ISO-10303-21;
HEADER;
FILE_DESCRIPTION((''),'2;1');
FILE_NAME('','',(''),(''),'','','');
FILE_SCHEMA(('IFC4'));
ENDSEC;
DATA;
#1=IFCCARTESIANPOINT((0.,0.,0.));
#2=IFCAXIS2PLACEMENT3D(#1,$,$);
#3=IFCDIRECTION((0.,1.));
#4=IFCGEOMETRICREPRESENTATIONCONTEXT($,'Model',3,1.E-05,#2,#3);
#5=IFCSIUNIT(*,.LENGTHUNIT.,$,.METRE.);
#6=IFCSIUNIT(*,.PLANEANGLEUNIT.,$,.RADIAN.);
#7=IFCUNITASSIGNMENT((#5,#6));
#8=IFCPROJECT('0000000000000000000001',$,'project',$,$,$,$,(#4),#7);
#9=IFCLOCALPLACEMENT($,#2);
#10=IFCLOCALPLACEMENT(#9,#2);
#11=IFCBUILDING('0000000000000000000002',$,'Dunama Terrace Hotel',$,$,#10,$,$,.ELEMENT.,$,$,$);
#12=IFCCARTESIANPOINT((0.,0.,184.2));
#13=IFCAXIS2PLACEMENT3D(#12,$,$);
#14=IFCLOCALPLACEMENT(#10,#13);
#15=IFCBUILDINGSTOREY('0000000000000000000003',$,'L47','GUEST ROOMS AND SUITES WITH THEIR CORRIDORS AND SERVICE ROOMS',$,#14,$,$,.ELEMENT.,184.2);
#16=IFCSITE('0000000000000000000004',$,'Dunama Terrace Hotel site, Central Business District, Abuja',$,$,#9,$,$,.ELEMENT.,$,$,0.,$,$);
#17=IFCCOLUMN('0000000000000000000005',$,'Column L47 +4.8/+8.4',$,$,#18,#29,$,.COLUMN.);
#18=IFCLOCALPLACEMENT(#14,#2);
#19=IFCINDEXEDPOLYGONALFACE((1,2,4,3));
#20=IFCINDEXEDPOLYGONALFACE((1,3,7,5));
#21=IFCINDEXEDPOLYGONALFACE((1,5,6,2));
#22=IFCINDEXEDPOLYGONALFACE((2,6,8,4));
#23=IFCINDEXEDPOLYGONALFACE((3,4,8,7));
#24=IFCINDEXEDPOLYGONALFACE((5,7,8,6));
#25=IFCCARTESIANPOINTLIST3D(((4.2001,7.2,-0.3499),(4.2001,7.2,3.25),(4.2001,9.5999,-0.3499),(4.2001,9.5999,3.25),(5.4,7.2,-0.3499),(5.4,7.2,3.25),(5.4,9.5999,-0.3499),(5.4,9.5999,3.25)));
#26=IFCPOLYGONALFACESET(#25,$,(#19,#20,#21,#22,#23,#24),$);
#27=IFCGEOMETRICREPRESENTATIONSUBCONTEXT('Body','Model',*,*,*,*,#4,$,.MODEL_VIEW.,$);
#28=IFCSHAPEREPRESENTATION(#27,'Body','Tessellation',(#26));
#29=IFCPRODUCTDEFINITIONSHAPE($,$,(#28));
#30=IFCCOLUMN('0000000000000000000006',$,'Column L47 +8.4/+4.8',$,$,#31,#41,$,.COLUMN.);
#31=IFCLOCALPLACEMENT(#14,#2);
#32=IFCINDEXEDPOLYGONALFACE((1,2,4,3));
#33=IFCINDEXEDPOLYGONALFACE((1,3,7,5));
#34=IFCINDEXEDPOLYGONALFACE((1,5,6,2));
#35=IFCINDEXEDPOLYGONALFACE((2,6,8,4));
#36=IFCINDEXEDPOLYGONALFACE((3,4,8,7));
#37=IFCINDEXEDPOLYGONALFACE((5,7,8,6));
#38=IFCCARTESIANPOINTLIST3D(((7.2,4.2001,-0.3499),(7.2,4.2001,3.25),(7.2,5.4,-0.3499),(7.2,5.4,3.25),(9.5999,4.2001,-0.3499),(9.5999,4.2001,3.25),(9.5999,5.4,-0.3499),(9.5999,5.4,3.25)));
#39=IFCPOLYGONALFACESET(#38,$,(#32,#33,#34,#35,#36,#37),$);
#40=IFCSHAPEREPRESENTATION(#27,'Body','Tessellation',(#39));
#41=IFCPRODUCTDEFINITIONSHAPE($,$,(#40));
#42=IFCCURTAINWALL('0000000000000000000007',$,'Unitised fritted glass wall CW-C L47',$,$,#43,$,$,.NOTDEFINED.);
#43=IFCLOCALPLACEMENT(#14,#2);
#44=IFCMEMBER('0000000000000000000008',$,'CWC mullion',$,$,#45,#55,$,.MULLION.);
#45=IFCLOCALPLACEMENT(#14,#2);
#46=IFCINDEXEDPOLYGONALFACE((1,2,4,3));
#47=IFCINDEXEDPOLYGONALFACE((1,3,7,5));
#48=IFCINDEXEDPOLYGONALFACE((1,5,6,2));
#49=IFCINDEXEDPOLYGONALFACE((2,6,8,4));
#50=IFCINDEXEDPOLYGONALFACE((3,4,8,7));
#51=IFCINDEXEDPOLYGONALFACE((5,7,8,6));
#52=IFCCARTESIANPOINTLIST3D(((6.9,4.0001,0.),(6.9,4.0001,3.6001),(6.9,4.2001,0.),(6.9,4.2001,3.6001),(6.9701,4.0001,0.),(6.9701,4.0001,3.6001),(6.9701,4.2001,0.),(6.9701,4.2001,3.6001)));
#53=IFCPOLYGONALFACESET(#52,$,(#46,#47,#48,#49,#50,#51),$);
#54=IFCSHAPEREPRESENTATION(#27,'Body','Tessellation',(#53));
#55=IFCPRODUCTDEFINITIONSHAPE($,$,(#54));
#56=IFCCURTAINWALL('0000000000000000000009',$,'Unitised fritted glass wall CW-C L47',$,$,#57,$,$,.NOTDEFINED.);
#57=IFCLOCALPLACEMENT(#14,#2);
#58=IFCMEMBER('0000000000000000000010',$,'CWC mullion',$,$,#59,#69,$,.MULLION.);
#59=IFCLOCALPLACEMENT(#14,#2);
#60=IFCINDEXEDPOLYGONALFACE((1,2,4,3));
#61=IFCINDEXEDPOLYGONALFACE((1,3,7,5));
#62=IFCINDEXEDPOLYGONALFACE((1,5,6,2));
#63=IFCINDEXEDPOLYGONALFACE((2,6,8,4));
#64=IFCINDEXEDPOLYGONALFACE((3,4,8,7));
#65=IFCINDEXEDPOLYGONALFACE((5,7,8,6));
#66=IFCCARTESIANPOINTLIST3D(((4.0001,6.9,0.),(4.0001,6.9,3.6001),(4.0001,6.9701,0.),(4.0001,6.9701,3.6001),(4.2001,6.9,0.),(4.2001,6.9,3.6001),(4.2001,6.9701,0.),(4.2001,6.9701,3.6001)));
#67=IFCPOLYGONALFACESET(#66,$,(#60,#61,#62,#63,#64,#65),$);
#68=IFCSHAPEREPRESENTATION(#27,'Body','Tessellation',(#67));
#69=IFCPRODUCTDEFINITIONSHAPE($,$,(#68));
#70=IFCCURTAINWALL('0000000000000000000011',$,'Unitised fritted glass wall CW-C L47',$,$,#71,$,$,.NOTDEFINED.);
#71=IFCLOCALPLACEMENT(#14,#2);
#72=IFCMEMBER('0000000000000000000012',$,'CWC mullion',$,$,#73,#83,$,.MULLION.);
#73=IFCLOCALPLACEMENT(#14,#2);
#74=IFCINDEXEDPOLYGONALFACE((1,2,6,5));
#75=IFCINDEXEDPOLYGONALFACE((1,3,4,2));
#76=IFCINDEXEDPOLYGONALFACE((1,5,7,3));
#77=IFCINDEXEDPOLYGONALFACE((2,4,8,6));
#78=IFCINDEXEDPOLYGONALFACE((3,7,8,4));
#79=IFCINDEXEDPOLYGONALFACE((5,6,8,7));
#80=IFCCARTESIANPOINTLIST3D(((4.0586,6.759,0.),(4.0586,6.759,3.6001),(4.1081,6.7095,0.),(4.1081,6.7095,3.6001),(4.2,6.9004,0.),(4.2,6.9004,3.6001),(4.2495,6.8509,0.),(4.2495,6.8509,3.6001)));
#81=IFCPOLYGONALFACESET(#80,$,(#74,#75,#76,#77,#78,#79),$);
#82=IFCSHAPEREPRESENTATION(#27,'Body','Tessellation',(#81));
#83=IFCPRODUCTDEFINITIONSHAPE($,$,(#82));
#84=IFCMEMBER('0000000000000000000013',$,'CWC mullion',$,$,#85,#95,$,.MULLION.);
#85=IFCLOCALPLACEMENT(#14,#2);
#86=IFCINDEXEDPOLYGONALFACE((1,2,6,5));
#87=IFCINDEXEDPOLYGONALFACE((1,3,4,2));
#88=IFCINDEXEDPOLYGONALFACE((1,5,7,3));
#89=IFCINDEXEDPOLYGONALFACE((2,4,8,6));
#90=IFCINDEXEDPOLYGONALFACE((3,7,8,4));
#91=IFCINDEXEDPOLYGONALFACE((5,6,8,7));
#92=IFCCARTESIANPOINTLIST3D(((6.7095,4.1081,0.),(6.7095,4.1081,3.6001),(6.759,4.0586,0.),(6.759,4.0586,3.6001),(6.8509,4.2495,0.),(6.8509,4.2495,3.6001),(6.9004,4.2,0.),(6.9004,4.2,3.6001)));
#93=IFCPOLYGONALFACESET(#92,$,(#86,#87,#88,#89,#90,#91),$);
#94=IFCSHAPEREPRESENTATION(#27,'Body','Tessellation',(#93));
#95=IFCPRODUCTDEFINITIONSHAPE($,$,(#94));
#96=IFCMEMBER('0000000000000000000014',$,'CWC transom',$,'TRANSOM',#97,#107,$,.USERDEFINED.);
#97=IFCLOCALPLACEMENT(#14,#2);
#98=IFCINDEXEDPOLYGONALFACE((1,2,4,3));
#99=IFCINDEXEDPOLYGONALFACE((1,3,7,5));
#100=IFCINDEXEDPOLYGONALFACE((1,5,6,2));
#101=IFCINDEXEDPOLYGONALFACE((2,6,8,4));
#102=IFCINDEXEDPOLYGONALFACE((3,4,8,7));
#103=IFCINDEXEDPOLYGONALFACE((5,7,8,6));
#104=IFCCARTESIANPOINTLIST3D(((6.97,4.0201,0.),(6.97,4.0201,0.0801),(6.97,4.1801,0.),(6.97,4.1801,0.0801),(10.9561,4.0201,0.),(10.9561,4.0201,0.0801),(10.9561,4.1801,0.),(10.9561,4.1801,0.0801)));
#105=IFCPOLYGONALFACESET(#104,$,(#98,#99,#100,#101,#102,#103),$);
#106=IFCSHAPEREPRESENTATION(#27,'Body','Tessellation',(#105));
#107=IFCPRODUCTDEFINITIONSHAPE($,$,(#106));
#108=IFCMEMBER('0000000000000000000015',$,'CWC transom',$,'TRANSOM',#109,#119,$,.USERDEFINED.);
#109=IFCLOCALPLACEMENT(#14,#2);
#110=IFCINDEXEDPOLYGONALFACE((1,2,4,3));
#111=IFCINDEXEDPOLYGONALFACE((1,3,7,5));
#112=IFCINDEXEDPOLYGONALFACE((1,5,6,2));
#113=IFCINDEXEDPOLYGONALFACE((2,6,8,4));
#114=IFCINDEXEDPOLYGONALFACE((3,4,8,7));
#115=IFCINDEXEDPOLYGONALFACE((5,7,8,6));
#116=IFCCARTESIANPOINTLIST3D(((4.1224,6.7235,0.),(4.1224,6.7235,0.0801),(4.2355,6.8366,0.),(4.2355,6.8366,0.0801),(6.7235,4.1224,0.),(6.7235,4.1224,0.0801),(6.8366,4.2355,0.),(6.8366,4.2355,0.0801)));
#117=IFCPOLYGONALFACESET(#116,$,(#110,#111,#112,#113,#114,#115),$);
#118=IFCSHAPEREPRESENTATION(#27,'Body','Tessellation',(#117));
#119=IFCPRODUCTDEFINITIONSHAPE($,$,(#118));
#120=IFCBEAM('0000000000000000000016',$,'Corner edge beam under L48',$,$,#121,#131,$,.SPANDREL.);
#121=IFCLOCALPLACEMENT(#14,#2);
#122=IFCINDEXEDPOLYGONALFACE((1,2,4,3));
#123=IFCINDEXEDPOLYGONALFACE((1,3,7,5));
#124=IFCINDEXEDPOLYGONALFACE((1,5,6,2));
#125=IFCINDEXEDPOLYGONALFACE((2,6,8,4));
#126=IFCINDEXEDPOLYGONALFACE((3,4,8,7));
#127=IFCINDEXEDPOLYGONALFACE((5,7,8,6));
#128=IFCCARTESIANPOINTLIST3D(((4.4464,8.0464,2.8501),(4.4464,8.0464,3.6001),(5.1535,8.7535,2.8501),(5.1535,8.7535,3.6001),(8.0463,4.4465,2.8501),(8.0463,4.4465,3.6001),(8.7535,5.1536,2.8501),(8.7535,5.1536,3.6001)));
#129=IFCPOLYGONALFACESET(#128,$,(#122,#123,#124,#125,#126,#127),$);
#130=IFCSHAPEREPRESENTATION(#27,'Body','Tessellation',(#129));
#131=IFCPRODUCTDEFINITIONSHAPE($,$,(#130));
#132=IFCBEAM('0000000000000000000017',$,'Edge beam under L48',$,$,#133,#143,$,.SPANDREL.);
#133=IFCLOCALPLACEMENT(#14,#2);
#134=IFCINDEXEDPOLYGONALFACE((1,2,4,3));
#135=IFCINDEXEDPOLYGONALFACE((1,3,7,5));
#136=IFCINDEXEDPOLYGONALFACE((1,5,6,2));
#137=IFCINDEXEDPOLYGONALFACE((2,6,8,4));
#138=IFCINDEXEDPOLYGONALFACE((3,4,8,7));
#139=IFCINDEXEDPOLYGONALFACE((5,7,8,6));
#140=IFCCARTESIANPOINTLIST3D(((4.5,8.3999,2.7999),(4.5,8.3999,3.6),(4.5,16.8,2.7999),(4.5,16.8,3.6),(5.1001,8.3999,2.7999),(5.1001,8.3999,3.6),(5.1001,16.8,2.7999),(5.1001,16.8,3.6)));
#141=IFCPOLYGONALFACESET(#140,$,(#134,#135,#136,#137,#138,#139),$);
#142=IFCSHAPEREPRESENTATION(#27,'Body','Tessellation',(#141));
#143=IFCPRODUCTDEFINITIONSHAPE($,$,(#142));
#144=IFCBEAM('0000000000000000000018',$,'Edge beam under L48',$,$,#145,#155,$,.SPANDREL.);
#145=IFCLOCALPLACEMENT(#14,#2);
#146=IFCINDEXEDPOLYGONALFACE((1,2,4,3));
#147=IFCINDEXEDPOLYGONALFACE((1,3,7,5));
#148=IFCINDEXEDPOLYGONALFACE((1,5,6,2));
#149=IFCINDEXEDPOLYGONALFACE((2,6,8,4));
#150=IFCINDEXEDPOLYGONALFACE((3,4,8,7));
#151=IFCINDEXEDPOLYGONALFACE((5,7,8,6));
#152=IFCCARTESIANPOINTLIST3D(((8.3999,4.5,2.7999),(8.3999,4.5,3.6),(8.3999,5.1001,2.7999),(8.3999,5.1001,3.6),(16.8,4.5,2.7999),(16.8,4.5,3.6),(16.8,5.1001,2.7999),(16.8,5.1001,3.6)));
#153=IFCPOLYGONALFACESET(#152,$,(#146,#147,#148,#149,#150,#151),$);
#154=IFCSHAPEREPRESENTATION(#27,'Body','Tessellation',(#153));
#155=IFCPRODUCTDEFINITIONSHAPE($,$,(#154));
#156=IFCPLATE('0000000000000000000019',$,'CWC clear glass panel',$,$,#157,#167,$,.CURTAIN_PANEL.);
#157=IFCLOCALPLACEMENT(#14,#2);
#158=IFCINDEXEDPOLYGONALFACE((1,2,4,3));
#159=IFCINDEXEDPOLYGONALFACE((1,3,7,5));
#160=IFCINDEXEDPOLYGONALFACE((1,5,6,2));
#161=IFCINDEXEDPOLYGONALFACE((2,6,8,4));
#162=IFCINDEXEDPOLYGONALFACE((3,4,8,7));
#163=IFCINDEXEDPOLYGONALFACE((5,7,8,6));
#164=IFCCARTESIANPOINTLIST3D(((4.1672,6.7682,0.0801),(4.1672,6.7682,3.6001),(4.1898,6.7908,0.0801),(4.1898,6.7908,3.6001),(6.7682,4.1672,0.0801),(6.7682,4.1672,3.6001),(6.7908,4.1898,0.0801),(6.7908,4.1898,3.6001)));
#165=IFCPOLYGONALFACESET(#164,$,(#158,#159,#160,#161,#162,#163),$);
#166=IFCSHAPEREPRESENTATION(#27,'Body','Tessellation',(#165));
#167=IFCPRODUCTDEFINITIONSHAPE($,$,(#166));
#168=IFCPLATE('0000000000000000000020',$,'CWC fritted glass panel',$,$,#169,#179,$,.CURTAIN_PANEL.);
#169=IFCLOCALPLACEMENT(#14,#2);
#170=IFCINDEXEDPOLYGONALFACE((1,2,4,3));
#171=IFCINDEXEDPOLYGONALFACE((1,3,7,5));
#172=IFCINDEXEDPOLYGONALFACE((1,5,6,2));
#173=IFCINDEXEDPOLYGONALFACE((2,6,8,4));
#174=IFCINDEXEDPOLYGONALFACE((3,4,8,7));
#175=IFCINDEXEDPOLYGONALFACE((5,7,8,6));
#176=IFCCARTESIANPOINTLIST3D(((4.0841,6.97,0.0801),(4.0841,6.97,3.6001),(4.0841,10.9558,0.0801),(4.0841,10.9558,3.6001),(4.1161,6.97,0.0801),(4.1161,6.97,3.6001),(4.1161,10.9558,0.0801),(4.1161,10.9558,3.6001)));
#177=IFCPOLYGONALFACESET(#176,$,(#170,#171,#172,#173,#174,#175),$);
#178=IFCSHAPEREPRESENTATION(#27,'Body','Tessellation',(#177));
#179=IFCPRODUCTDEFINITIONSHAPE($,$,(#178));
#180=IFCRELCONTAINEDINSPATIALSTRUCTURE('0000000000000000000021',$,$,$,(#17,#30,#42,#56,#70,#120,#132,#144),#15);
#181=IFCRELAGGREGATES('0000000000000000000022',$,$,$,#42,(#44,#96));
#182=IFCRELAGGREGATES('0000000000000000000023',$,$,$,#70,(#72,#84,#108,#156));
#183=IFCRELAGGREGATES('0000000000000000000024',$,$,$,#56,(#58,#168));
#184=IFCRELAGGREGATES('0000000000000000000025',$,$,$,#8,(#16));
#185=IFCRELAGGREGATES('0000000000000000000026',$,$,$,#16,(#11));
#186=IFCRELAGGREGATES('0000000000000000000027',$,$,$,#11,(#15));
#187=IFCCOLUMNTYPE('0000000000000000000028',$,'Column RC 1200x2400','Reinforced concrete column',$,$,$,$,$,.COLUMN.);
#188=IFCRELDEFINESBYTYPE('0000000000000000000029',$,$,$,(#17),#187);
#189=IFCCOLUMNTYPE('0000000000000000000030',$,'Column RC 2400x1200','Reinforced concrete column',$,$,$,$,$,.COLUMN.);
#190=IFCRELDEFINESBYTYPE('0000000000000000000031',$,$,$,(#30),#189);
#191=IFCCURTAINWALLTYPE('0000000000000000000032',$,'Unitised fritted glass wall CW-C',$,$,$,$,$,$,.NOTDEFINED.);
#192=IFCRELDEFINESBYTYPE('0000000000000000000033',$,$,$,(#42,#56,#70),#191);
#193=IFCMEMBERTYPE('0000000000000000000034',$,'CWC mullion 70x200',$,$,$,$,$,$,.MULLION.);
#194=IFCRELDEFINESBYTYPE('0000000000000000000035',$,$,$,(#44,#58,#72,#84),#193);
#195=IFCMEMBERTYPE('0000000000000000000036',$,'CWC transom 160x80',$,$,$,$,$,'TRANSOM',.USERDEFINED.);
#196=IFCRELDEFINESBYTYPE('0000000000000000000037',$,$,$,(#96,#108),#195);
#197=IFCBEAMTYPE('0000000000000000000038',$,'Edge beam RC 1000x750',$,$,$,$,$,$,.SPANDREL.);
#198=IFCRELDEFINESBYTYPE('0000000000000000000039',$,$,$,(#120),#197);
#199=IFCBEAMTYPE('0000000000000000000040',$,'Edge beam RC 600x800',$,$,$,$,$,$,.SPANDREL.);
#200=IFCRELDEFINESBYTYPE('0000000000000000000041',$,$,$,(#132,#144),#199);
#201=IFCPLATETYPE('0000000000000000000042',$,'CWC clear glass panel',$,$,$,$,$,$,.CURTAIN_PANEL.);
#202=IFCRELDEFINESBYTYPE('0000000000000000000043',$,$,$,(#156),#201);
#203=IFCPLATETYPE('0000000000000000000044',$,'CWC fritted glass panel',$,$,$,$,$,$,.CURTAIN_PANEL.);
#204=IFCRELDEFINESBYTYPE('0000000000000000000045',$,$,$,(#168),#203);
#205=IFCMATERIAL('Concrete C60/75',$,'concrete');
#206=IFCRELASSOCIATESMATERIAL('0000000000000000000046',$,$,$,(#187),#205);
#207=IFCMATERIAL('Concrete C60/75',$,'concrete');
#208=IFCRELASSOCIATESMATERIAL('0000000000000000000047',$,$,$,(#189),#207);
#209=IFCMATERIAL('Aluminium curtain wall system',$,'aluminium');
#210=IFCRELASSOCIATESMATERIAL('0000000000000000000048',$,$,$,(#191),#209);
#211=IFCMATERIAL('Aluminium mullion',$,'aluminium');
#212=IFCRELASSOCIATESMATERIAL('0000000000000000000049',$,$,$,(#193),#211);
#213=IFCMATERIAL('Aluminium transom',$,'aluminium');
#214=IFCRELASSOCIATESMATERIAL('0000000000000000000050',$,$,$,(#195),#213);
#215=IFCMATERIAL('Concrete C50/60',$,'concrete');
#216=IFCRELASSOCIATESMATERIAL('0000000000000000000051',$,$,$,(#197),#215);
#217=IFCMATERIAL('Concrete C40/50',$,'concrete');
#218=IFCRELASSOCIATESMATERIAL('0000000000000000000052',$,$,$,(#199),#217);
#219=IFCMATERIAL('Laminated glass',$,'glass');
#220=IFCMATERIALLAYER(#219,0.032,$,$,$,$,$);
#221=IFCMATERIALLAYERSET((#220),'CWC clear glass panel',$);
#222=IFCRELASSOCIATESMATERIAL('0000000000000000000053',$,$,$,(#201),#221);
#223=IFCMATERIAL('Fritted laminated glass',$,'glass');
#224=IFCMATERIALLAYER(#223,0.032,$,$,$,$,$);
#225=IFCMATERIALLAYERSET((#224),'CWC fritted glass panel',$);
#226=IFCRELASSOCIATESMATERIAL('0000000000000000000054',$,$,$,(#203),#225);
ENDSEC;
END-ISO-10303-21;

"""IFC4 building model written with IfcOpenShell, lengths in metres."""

from ifc_helpers import new_model, si_unit, direction, frame, origin, origin_2d, place, context, subcontext, project, spatial, rectangle, extrude, material, layer, layer_set, material_profile, profile_set, type_object, element, aggregate, save


model = new_model("IFC4")

# Units and contexts
model_context = context("Model", 3, precision=1e-05, world=origin(), true_north=direction((0.0, 1.0)))
body_context = subcontext(model_context, "Body", "Model", "MODEL_VIEW")
ifc_project = project(units=[si_unit("LENGTHUNIT", "METRE"), si_unit("PLANEANGLEUNIT", "RADIAN")], contexts=[model_context])

# Site, building, storey
site_placement = place(None, origin())
site = spatial("IfcSite", under=ifc_project, at=site_placement, Name="Dunama Terrace Hotel site, Central Business District, Abuja", CompositionType="ELEMENT", RefElevation=0.0)
building_placement = place(site_placement, origin())
building = spatial("IfcBuilding", under=site, at=building_placement, Name="Dunama Terrace Hotel", CompositionType="ELEMENT")
storey_placement = place(building_placement, frame((0.0, 0.0, 184.2)))
storey = spatial("IfcBuildingStorey", under=building, at=storey_placement, Name="L47", Description="GUEST ROOMS AND SUITES WITH THEIR CORRIDORS AND SERVICE ROOMS", CompositionType="ELEMENT", Elevation=184.2)

# Columns
ifc_material_1 = material(Name="Concrete C60/75", Category="concrete")
ifc_material_profile_1 = material_profile(ifc_material_1, rectangle(XDim=1.2, YDim=2.3999, at=origin_2d()), Name="RC 1200x2400")
ifc_profile_set_1 = profile_set([ifc_material_profile_1], Name="Concrete C60/75")
column_type_1 = type_object("IfcColumnType", Name="Column RC 1200x2400", Description="Reinforced concrete column", PredefinedType="COLUMN", material=ifc_profile_set_1)
column_1_placement = place(storey_placement, frame((4.8, 8.3999, -0.3499), z_axis=(0.0, 0.0, 1.0), x_axis=(1.0, 0.0, 0.0)))
element("IfcColumn", 1, at=column_1_placement, inside=storey, type_object=column_type_1, Name="Column L47 +4.8/+8.4", PredefinedType="COLUMN", context=body_context, shape_type="SweptSolid", body=[
    extrude(rectangle(XDim=1.2, YDim=2.3999, at=origin_2d()), origin(), (0.0, 0.0, 1.0), 3.5999),
])
ifc_material_2 = material(Name="Concrete C60/75", Category="concrete")
ifc_material_profile_2 = material_profile(ifc_material_2, rectangle(XDim=2.3999, YDim=1.2, at=origin_2d()), Name="RC 2400x1200")
ifc_profile_set_2 = profile_set([ifc_material_profile_2], Name="Concrete C60/75")
column_type_2 = type_object("IfcColumnType", Name="Column RC 2400x1200", Description="Reinforced concrete column", PredefinedType="COLUMN", material=ifc_profile_set_2)
column_2_placement = place(storey_placement, frame((8.3999, 4.8, -0.3499), z_axis=(0.0, 0.0, 1.0), x_axis=(1.0, 0.0, 0.0)))
element("IfcColumn", 2, at=column_2_placement, inside=storey, type_object=column_type_2, Name="Column L47 +8.4/+4.8", PredefinedType="COLUMN", context=body_context, shape_type="SweptSolid", body=[
    extrude(rectangle(XDim=2.3999, YDim=1.2, at=origin_2d()), origin(), (0.0, 0.0, 1.0), 3.5999),
])

# Curtain walls, members
ifc_material_3 = material(Name="Aluminium curtain wall system", Category="aluminium")
curtain_wall_type = type_object("IfcCurtainWallType", Name="Unitised fritted glass wall CW-C", PredefinedType="NOTDEFINED", material=ifc_material_3)
curtain_wall_1_placement = place(storey_placement, origin())
curtain_wall_1 = element("IfcCurtainWall", 3, at=curtain_wall_1_placement, inside=storey, type_object=curtain_wall_type, Name="Unitised fritted glass wall CW-C L47", PredefinedType="NOTDEFINED")
ifc_material_4 = material(Name="Aluminium mullion", Category="aluminium")
ifc_material_profile_3 = material_profile(ifc_material_4, rectangle(XDim=0.0701, YDim=0.2, at=origin_2d()), Name="CWC MULLION 70X200")
ifc_profile_set_3 = profile_set([ifc_material_profile_3], Name="Aluminium mullion")
member_type_1 = type_object("IfcMemberType", Name="CWC mullion 70x200", PredefinedType="MULLION", material=ifc_profile_set_3)
member_1_placement = place(storey_placement, frame((6.9351, 4.1001, 0.0), z_axis=(0.0, 0.0, 1.0), x_axis=(1.0, 0.0, 0.0)))
member_1 = element("IfcMember", 4, at=member_1_placement, type_object=member_type_1, Name="CWC mullion", PredefinedType="MULLION", context=body_context, shape_type="SweptSolid", body=[
    extrude(rectangle(XDim=0.0701, YDim=0.2, at=origin_2d()), origin(), (0.0, 0.0, 1.0), 3.6001),
])
curtain_wall_2_placement = place(storey_placement, origin())
curtain_wall_2 = element("IfcCurtainWall", 5, at=curtain_wall_2_placement, inside=storey, type_object=curtain_wall_type, Name="Unitised fritted glass wall CW-C L47", PredefinedType="NOTDEFINED")
member_2_placement = place(storey_placement, frame((4.1001, 6.9351, 0.0), z_axis=(0.0, 0.0, 1.0), x_axis=(0.0, -1.0, 0.0)))
member_2 = element("IfcMember", 6, at=member_2_placement, type_object=member_type_1, Name="CWC mullion", PredefinedType="MULLION", context=body_context, shape_type="SweptSolid", body=[
    extrude(rectangle(XDim=0.0701, YDim=0.2, at=origin_2d()), origin(), (0.0, 0.0, 1.0), 3.6001),
])

# Curtain wall, members
curtain_wall_3_placement = place(storey_placement, origin())
curtain_wall_3 = element("IfcCurtainWall", 7, at=curtain_wall_3_placement, inside=storey, type_object=curtain_wall_type, Name="Unitised fritted glass wall CW-C L47", PredefinedType="NOTDEFINED")
member_3_placement = place(storey_placement, frame((4.1541, 6.8049, 0.0), z_axis=(0.0, 0.0, 1.0), x_axis=(0.707107, -0.707107, 0.0)))
member_3 = element("IfcMember", 8, at=member_3_placement, type_object=member_type_1, Name="CWC mullion", PredefinedType="MULLION", context=body_context, shape_type="SweptSolid", body=[
    extrude(rectangle(XDim=0.0701, YDim=0.2, at=origin_2d()), origin(), (0.0, 0.0, 1.0), 3.6001),
])
member_4_placement = place(storey_placement, frame((6.8049, 4.1541, 0.0), z_axis=(0.0, 0.0, 1.0), x_axis=(0.707107, -0.707107, 0.0)))
member_4 = element("IfcMember", 9, at=member_4_placement, type_object=member_type_1, Name="CWC mullion", PredefinedType="MULLION", context=body_context, shape_type="SweptSolid", body=[
    extrude(rectangle(XDim=0.0701, YDim=0.2, at=origin_2d()), origin(), (0.0, 0.0, 1.0), 3.6001),
])

# Members
ifc_material_5 = material(Name="Aluminium transom", Category="aluminium")
ifc_material_profile_4 = material_profile(ifc_material_5, rectangle(XDim=0.1599, YDim=0.0801, at=origin_2d()), Name="CWC TRANSOM 160X80")
ifc_profile_set_4 = profile_set([ifc_material_profile_4], Name="Aluminium transom")
member_type_2 = type_object("IfcMemberType", Name="CWC transom 160x80", ElementType="TRANSOM", PredefinedType="USERDEFINED", material=ifc_profile_set_4)
member_5_placement = place(storey_placement, frame((6.97, 4.1001, 0.04), z_axis=(1.0, 0.0, 0.0), x_axis=(0.0, 1.0, 0.0)))
member_5 = element("IfcMember", 10, at=member_5_placement, type_object=member_type_2, Name="CWC transom", ObjectType="TRANSOM", PredefinedType="USERDEFINED", context=body_context, shape_type="SweptSolid", body=[
    extrude(rectangle(XDim=0.1599, YDim=0.0801, at=origin_2d()), origin(), (0.0, 0.0, 1.0), 3.9861),
])
aggregate(curtain_wall_1, [member_1, member_5])
member_6_placement = place(storey_placement, frame((4.179, 6.78, 0.04), z_axis=(0.707107, -0.707107, 0.0), x_axis=(0.707107, 0.707107, 0.0)))
member_6 = element("IfcMember", 11, at=member_6_placement, type_object=member_type_2, Name="CWC transom", ObjectType="TRANSOM", PredefinedType="USERDEFINED", context=body_context, shape_type="SweptSolid", body=[
    extrude(rectangle(XDim=0.1599, YDim=0.0801, at=origin_2d()), origin(), (0.0, 0.0, 1.0), 3.6785),
])

# Beams
ifc_material_6 = material(Name="Concrete C50/60", Category="concrete")
ifc_material_profile_5 = material_profile(ifc_material_6, rectangle(XDim=1.0, YDim=0.75, at=origin_2d()), Name="RC 1000x750")
ifc_profile_set_5 = profile_set([ifc_material_profile_5], Name="Concrete C50/60")
beam_type_1 = type_object("IfcBeamType", Name="Edge beam RC 1000x750", PredefinedType="SPANDREL", material=ifc_profile_set_5)
beam_placement = place(storey_placement, frame((8.3999, 4.8, 3.2251), z_axis=(-0.707107, 0.707107, 0.0), x_axis=(-0.707107, -0.707107, 0.0)))
element("IfcBeam", 12, at=beam_placement, inside=storey, type_object=beam_type_1, Name="Corner edge beam under L48", PredefinedType="SPANDREL", context=body_context, shape_type="SweptSolid", body=[
    extrude(rectangle(XDim=1.0, YDim=0.75, at=origin_2d()), origin(), (0.0, 0.0, 1.0), 5.0911),
])
ifc_material_7 = material(Name="Concrete C40/50", Category="concrete")
ifc_material_profile_6 = material_profile(ifc_material_7, rectangle(XDim=0.6001, YDim=0.8, at=origin_2d()), Name="RC 600x800")
ifc_profile_set_6 = profile_set([ifc_material_profile_6], Name="Concrete C40/50")
beam_type_2 = type_object("IfcBeamType", Name="Edge beam RC 600x800", PredefinedType="SPANDREL", material=ifc_profile_set_6)
for number, where, z_axis, x_axis, name in (
    (13, (4.8, 8.3999, 3.2), (0.0, 1.0, 0.0), (-1.0, 0.0, 0.0), "Edge beam under L48"),
    (14, (8.3999, 4.8, 3.2), (1.0, 0.0, 0.0), (0.0, 1.0, 0.0), "Edge beam under L48"),
):
    element("IfcBeam", number, at=place(storey_placement, frame(where, z_axis=z_axis, x_axis=x_axis)), inside=storey, type_object=beam_type_2, Name=name, PredefinedType="SPANDREL", context=body_context, shape_type="SweptSolid", body=[
        extrude(rectangle(XDim=0.6001, YDim=0.8, at=origin_2d()), origin(), (0.0, 0.0, 1.0), 8.4001),
    ])

# Plates
ifc_material_8 = material(Name="Laminated glass", Category="glass")
ifc_layer_1 = layer(ifc_material_8, 0.032)
ifc_layer_set_1 = layer_set([ifc_layer_1], Name="CWC clear glass panel")
plate_type_1 = type_object("IfcPlateType", Name="CWC clear glass panel", PredefinedType="CURTAIN_PANEL", material=ifc_layer_set_1)
plate_1_placement = place(storey_placement, frame((5.479, 5.479, 0.0801), z_axis=(0.0, 0.0, 1.0), x_axis=(0.707107, -0.707107, 0.0)))
plate_1 = element("IfcPlate", 15, at=plate_1_placement, type_object=plate_type_1, Name="CWC clear glass panel", PredefinedType="CURTAIN_PANEL", context=body_context, shape_type="SweptSolid", body=[
    extrude(rectangle(XDim=3.6785, YDim=0.032, at=origin_2d()), origin(), (0.0, 0.0, 1.0), 3.52),
])
aggregate(curtain_wall_3, [member_3, member_4, member_6, plate_1])
ifc_material_9 = material(Name="Fritted laminated glass", Category="glass")
ifc_layer_2 = layer(ifc_material_9, 0.032)
ifc_layer_set_2 = layer_set([ifc_layer_2], Name="CWC fritted glass panel")
plate_type_2 = type_object("IfcPlateType", Name="CWC fritted glass panel", PredefinedType="CURTAIN_PANEL", material=ifc_layer_set_2)
plate_2_placement = place(storey_placement, frame((4.1001, 8.9629, 0.0801), z_axis=(0.0, 0.0, 1.0), x_axis=(0.0, -1.0, 0.0)))
plate_2 = element("IfcPlate", 16, at=plate_2_placement, type_object=plate_type_2, Name="CWC fritted glass panel", PredefinedType="CURTAIN_PANEL", context=body_context, shape_type="SweptSolid", body=[
    extrude(rectangle(XDim=3.9858, YDim=0.032, at=origin_2d()), origin(), (0.0, 0.0, 1.0), 3.52),
])
aggregate(curtain_wall_2, [member_2, plate_2])

save(model, "model.ifc")
